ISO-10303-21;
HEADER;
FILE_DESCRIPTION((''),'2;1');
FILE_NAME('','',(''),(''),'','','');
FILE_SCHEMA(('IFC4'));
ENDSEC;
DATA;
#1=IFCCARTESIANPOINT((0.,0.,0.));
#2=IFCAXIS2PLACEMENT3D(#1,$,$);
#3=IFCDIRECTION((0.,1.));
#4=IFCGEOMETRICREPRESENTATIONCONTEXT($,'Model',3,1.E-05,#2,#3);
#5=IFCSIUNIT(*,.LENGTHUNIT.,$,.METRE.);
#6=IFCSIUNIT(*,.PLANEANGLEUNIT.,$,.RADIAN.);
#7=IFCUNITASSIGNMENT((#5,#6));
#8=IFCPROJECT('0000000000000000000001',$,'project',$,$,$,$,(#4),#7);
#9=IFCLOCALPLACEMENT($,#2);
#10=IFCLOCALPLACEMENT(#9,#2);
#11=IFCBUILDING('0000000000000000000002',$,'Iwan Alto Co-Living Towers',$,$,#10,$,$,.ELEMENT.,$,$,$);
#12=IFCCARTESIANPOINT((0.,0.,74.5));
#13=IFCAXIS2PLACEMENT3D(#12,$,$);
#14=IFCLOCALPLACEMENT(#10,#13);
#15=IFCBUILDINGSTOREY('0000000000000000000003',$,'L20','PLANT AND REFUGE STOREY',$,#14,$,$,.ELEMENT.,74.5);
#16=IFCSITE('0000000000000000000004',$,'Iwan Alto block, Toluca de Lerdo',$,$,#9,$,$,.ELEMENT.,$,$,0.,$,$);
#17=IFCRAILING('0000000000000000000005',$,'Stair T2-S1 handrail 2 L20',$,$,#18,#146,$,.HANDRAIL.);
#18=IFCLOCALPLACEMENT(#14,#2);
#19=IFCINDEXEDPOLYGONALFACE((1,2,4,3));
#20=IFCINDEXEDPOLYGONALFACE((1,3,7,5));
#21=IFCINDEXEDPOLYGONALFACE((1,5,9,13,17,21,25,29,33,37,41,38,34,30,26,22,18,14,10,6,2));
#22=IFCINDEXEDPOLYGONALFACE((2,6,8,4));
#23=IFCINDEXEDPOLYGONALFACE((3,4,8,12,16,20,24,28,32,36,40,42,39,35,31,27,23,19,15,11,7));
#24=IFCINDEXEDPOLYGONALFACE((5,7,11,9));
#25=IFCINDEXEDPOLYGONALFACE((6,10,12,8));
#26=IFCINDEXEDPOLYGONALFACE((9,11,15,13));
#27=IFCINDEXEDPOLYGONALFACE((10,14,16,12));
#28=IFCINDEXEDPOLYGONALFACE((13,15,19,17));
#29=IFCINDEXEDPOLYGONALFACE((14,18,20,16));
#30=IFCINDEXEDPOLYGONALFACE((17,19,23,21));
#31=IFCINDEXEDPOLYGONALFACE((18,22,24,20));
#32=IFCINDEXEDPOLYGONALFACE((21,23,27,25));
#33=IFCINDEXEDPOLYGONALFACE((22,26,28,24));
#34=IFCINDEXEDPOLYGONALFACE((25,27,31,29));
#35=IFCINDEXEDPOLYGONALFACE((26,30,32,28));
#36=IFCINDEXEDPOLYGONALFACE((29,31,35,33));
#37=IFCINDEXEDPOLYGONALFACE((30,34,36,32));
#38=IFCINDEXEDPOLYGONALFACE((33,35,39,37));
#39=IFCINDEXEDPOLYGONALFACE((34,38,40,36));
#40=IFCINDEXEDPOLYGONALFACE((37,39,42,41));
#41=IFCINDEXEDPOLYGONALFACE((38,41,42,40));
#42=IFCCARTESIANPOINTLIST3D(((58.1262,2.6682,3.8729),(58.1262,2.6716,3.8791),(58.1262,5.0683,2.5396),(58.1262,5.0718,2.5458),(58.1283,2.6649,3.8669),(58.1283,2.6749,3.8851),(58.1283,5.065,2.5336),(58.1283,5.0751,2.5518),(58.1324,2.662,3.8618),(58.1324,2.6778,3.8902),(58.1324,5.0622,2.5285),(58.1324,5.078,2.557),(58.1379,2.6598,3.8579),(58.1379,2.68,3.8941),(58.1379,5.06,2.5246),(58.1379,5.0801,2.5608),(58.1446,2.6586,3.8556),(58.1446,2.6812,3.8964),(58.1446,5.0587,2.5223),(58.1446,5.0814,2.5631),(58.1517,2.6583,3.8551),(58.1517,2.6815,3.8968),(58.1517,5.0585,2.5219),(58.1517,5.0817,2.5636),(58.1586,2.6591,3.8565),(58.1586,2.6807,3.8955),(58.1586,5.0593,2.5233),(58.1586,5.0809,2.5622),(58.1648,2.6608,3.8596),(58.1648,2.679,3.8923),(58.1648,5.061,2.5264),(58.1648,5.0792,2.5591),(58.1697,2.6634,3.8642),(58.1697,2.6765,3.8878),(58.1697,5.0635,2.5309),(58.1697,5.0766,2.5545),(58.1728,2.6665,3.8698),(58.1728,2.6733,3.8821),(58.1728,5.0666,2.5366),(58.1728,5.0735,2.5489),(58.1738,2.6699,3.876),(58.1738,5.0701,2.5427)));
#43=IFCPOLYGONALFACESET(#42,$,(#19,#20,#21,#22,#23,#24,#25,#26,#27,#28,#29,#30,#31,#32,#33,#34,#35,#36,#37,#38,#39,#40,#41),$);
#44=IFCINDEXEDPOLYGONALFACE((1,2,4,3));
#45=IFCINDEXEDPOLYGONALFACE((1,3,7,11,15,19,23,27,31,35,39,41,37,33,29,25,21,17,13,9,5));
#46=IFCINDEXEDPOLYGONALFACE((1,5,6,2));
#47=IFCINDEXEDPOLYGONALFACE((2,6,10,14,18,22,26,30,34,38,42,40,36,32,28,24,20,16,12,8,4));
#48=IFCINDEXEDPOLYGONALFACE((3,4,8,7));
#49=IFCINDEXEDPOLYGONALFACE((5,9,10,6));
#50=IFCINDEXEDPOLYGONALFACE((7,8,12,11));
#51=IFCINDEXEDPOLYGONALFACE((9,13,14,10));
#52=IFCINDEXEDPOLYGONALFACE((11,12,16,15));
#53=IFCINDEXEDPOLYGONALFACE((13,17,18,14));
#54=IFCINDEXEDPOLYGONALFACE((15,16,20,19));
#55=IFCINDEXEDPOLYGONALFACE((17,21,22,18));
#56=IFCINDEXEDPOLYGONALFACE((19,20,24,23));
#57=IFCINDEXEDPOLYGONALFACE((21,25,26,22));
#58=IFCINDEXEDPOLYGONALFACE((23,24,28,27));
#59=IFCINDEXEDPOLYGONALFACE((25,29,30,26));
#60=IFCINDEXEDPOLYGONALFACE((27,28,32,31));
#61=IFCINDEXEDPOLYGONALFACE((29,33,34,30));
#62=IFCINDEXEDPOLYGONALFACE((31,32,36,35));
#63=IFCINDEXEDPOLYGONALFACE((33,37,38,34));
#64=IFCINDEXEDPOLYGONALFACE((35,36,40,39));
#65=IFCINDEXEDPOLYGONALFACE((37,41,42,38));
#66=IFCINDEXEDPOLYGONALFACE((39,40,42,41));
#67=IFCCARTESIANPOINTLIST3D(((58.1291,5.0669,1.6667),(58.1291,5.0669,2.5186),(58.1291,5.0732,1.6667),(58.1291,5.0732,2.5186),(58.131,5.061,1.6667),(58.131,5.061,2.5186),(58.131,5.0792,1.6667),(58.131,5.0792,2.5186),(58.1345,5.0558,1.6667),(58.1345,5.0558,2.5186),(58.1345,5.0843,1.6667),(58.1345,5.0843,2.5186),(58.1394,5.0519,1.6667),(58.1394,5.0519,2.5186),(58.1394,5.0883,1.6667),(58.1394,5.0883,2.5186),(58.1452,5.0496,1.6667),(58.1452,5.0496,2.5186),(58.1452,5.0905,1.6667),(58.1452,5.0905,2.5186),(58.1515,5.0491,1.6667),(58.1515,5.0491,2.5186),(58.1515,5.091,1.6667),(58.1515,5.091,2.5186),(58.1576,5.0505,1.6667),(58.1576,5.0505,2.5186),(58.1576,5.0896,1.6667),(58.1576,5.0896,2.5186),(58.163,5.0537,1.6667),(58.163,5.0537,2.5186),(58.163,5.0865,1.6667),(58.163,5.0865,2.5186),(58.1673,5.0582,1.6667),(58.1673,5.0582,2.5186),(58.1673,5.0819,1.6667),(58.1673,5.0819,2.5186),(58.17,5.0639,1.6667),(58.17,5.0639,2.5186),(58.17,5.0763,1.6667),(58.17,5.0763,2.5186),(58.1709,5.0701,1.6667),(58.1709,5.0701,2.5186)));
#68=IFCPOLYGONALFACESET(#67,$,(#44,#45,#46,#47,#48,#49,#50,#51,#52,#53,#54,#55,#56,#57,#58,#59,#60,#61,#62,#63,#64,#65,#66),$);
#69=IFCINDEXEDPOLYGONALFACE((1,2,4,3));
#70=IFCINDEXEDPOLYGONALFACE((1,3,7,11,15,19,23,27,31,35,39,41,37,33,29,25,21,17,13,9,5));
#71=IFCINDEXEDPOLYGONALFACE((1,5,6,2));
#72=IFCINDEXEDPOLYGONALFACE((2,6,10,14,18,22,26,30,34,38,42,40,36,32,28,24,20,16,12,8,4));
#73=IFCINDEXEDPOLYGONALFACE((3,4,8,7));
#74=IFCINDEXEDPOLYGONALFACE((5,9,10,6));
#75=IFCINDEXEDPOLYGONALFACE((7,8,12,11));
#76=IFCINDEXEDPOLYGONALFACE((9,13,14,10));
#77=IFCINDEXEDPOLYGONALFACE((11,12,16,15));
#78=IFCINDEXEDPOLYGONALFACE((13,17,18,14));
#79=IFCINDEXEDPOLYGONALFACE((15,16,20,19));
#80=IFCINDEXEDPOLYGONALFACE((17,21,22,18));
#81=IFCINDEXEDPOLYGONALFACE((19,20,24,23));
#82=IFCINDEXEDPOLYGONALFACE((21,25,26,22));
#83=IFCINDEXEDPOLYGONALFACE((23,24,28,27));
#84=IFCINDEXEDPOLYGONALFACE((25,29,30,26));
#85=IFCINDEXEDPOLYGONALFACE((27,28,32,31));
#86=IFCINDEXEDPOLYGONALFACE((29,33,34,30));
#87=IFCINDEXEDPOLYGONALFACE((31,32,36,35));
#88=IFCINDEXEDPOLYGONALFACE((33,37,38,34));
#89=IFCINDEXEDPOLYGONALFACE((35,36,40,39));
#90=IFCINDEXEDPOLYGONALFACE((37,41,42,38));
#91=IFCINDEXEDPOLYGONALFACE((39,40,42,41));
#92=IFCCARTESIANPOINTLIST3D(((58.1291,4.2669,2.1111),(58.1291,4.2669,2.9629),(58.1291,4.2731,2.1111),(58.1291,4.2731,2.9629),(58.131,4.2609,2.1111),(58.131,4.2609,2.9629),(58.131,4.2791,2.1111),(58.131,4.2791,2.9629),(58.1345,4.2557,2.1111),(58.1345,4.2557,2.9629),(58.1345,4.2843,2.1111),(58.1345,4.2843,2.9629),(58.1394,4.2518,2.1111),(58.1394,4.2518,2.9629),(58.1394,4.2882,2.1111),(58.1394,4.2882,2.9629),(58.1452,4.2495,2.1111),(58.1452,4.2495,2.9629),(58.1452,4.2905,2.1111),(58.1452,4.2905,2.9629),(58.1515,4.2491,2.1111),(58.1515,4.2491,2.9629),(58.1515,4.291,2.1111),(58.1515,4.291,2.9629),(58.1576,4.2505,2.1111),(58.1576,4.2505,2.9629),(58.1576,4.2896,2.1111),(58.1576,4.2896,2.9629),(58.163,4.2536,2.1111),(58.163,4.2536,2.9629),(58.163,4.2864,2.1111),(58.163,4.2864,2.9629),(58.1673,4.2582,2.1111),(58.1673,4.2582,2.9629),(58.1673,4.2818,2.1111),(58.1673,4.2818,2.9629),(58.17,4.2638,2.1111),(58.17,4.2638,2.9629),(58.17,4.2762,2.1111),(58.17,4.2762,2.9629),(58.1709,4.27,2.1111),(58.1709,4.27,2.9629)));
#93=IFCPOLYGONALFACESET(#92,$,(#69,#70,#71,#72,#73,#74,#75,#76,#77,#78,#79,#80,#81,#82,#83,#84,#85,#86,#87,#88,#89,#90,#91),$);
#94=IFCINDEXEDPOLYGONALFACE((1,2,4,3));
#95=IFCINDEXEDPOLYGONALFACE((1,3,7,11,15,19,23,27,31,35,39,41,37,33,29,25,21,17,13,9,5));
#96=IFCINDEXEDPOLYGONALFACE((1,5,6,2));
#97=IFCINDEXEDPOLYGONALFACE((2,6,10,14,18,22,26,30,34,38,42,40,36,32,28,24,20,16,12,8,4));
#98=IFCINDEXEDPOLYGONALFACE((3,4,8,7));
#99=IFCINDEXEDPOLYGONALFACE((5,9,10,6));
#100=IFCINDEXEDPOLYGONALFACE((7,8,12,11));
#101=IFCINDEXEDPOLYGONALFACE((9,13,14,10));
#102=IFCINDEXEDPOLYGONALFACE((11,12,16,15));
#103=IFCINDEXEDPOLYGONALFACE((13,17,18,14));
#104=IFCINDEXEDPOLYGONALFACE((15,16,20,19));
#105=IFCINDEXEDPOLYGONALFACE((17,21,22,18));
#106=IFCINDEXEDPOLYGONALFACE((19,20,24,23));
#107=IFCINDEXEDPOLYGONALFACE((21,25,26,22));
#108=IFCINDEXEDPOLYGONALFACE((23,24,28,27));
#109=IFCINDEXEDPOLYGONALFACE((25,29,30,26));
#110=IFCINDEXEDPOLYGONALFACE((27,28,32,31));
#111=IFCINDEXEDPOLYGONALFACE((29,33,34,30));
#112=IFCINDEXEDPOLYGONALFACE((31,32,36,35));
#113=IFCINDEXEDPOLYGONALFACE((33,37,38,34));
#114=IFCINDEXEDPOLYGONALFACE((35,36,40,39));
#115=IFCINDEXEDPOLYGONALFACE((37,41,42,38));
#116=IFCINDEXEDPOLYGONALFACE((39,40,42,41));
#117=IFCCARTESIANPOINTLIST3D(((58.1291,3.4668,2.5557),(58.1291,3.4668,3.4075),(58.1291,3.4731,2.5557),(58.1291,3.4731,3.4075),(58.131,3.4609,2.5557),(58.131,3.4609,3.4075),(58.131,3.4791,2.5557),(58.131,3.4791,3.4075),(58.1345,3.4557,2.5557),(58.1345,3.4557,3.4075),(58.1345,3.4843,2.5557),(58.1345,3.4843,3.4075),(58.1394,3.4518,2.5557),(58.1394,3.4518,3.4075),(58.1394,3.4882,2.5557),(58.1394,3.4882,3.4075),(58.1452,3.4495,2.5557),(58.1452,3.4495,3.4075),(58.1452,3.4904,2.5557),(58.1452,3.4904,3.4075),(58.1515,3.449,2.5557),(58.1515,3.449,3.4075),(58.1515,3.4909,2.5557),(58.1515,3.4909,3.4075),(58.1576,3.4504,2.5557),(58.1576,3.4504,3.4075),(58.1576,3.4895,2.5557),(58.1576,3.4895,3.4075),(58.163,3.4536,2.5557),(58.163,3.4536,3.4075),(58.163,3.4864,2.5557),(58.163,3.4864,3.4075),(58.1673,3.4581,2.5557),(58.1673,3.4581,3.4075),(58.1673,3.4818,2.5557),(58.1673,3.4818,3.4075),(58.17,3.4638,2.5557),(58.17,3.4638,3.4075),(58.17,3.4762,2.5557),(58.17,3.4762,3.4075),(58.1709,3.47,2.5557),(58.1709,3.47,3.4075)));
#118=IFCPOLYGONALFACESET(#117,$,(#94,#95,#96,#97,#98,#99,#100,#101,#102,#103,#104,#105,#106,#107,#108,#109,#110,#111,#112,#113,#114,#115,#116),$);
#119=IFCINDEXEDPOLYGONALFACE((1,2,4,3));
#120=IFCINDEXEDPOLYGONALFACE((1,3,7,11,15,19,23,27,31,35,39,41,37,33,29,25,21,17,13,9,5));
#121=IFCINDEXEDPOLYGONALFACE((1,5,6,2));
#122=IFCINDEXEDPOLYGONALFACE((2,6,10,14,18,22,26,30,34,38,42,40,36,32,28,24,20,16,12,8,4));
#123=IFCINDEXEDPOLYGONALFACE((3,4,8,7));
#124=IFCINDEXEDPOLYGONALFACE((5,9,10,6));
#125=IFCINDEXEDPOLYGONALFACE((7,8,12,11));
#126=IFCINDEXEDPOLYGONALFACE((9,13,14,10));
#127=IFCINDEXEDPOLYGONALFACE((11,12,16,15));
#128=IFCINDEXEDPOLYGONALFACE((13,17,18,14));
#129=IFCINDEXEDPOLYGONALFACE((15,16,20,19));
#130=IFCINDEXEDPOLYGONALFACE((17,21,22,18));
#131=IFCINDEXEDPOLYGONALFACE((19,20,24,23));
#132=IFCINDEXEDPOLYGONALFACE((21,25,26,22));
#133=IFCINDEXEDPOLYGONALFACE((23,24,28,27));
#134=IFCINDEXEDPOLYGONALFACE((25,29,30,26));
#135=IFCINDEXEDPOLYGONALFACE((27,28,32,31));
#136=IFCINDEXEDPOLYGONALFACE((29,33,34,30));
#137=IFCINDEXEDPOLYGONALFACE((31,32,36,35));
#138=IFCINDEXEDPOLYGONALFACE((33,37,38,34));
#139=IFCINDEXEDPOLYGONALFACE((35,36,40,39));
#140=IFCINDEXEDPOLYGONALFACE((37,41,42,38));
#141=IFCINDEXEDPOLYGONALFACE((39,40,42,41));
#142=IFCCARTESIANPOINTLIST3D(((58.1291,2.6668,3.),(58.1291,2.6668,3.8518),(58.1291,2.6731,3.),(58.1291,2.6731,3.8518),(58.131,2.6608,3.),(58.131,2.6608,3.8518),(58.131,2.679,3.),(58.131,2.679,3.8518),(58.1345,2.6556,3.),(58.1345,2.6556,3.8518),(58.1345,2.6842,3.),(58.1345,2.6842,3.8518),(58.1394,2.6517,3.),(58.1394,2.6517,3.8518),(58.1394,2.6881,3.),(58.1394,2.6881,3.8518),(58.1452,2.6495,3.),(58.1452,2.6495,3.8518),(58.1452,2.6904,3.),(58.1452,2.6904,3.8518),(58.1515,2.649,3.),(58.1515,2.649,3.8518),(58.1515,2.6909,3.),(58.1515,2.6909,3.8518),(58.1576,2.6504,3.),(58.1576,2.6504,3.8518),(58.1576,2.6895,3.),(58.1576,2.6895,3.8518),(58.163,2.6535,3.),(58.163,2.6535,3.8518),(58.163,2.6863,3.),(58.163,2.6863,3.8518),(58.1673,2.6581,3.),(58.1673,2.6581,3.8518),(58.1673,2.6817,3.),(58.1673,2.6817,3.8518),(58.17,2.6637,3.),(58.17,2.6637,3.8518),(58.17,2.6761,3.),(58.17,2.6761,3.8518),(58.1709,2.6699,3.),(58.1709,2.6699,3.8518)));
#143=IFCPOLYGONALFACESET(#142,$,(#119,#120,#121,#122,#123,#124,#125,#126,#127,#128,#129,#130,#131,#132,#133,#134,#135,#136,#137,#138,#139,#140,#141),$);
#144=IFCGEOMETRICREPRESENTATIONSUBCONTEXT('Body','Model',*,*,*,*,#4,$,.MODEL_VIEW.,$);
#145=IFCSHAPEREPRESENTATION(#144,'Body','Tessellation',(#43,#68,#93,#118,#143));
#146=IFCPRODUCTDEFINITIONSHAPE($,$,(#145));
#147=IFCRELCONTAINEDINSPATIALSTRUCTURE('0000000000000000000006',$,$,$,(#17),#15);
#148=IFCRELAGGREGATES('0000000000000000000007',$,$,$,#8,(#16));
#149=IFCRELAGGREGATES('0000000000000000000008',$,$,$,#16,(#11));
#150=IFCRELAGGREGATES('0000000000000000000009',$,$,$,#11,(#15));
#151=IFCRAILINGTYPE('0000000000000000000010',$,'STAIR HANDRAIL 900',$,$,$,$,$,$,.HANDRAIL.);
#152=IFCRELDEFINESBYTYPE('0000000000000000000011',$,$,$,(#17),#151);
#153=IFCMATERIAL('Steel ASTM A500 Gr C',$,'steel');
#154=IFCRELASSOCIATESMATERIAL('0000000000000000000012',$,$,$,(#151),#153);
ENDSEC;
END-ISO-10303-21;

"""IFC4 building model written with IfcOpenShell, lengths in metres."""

from ifc_helpers import new_model, si_unit, direction, frame, origin, origin_2d, place, context, subcontext, project, spatial, circle, extrude, material, type_object, element, save


model = new_model("IFC4")

# Units and contexts
model_context = context("Model", 3, precision=1e-05, world=origin(), true_north=direction((0.0, 1.0)))
body_context = subcontext(model_context, "Body", "Model", "MODEL_VIEW")
ifc_project = project(units=[si_unit("LENGTHUNIT", "METRE"), si_unit("PLANEANGLEUNIT", "RADIAN")], contexts=[model_context])

# Site, building, storey
site_placement = place(None, origin())
site = spatial("IfcSite", under=ifc_project, at=site_placement, Name="Iwan Alto block, Toluca de Lerdo", CompositionType="ELEMENT", RefElevation=0.0)
building_placement = place(site_placement, origin())
building = spatial("IfcBuilding", under=site, at=building_placement, Name="Iwan Alto Co-Living Towers", CompositionType="ELEMENT")
storey_placement = place(building_placement, frame((0.0, 0.0, 74.5)))
storey = spatial("IfcBuildingStorey", under=building, at=storey_placement, Name="L20", Description="PLANT AND REFUGE STOREY", CompositionType="ELEMENT", Elevation=74.5)

# Railing
ifc_material_1 = material(Name="Steel ASTM A500 Gr C", Category="steel")
railing_type_1 = type_object("IfcRailingType", Name="STAIR HANDRAIL 900", PredefinedType="HANDRAIL", material=ifc_material_1)
railing_1_placement = place(storey_placement, frame((58.1499, 5.0701, 1.6667)))
element("IfcRailing", 1, at=railing_1_placement, inside=storey, type_object=railing_type_1, Name="Stair T2-S1 handrail 2 L20", PredefinedType="HANDRAIL", context=body_context, shape_type="SweptSolid", body=[
    extrude(circle(Radius=0.0239, at=origin_2d()), frame((0.0, 0.0, 0.876), z_axis=(0.0, -0.874182, 0.485598), x_axis=(1.0, 0.0, 0.0)), (0.0, 0.0, 1.0), 2.7456),
    extrude(circle(Radius=0.021, at=origin_2d()), origin(), (0.0, 0.0, 1.0), 0.8518),
    extrude(circle(Radius=0.021, at=origin_2d()), frame((0.0, -0.8, 0.4443)), (0.0, 0.0, 1.0), 0.8518),
    extrude(circle(Radius=0.021, at=origin_2d()), frame((0.0, -1.6001, 0.8889)), (0.0, 0.0, 1.0), 0.8518),
    extrude(circle(Radius=0.021, at=origin_2d()), frame((0.0, -2.4001, 1.3333)), (0.0, 0.0, 1.0), 0.8518),
])

save(model, "model.ifc")
